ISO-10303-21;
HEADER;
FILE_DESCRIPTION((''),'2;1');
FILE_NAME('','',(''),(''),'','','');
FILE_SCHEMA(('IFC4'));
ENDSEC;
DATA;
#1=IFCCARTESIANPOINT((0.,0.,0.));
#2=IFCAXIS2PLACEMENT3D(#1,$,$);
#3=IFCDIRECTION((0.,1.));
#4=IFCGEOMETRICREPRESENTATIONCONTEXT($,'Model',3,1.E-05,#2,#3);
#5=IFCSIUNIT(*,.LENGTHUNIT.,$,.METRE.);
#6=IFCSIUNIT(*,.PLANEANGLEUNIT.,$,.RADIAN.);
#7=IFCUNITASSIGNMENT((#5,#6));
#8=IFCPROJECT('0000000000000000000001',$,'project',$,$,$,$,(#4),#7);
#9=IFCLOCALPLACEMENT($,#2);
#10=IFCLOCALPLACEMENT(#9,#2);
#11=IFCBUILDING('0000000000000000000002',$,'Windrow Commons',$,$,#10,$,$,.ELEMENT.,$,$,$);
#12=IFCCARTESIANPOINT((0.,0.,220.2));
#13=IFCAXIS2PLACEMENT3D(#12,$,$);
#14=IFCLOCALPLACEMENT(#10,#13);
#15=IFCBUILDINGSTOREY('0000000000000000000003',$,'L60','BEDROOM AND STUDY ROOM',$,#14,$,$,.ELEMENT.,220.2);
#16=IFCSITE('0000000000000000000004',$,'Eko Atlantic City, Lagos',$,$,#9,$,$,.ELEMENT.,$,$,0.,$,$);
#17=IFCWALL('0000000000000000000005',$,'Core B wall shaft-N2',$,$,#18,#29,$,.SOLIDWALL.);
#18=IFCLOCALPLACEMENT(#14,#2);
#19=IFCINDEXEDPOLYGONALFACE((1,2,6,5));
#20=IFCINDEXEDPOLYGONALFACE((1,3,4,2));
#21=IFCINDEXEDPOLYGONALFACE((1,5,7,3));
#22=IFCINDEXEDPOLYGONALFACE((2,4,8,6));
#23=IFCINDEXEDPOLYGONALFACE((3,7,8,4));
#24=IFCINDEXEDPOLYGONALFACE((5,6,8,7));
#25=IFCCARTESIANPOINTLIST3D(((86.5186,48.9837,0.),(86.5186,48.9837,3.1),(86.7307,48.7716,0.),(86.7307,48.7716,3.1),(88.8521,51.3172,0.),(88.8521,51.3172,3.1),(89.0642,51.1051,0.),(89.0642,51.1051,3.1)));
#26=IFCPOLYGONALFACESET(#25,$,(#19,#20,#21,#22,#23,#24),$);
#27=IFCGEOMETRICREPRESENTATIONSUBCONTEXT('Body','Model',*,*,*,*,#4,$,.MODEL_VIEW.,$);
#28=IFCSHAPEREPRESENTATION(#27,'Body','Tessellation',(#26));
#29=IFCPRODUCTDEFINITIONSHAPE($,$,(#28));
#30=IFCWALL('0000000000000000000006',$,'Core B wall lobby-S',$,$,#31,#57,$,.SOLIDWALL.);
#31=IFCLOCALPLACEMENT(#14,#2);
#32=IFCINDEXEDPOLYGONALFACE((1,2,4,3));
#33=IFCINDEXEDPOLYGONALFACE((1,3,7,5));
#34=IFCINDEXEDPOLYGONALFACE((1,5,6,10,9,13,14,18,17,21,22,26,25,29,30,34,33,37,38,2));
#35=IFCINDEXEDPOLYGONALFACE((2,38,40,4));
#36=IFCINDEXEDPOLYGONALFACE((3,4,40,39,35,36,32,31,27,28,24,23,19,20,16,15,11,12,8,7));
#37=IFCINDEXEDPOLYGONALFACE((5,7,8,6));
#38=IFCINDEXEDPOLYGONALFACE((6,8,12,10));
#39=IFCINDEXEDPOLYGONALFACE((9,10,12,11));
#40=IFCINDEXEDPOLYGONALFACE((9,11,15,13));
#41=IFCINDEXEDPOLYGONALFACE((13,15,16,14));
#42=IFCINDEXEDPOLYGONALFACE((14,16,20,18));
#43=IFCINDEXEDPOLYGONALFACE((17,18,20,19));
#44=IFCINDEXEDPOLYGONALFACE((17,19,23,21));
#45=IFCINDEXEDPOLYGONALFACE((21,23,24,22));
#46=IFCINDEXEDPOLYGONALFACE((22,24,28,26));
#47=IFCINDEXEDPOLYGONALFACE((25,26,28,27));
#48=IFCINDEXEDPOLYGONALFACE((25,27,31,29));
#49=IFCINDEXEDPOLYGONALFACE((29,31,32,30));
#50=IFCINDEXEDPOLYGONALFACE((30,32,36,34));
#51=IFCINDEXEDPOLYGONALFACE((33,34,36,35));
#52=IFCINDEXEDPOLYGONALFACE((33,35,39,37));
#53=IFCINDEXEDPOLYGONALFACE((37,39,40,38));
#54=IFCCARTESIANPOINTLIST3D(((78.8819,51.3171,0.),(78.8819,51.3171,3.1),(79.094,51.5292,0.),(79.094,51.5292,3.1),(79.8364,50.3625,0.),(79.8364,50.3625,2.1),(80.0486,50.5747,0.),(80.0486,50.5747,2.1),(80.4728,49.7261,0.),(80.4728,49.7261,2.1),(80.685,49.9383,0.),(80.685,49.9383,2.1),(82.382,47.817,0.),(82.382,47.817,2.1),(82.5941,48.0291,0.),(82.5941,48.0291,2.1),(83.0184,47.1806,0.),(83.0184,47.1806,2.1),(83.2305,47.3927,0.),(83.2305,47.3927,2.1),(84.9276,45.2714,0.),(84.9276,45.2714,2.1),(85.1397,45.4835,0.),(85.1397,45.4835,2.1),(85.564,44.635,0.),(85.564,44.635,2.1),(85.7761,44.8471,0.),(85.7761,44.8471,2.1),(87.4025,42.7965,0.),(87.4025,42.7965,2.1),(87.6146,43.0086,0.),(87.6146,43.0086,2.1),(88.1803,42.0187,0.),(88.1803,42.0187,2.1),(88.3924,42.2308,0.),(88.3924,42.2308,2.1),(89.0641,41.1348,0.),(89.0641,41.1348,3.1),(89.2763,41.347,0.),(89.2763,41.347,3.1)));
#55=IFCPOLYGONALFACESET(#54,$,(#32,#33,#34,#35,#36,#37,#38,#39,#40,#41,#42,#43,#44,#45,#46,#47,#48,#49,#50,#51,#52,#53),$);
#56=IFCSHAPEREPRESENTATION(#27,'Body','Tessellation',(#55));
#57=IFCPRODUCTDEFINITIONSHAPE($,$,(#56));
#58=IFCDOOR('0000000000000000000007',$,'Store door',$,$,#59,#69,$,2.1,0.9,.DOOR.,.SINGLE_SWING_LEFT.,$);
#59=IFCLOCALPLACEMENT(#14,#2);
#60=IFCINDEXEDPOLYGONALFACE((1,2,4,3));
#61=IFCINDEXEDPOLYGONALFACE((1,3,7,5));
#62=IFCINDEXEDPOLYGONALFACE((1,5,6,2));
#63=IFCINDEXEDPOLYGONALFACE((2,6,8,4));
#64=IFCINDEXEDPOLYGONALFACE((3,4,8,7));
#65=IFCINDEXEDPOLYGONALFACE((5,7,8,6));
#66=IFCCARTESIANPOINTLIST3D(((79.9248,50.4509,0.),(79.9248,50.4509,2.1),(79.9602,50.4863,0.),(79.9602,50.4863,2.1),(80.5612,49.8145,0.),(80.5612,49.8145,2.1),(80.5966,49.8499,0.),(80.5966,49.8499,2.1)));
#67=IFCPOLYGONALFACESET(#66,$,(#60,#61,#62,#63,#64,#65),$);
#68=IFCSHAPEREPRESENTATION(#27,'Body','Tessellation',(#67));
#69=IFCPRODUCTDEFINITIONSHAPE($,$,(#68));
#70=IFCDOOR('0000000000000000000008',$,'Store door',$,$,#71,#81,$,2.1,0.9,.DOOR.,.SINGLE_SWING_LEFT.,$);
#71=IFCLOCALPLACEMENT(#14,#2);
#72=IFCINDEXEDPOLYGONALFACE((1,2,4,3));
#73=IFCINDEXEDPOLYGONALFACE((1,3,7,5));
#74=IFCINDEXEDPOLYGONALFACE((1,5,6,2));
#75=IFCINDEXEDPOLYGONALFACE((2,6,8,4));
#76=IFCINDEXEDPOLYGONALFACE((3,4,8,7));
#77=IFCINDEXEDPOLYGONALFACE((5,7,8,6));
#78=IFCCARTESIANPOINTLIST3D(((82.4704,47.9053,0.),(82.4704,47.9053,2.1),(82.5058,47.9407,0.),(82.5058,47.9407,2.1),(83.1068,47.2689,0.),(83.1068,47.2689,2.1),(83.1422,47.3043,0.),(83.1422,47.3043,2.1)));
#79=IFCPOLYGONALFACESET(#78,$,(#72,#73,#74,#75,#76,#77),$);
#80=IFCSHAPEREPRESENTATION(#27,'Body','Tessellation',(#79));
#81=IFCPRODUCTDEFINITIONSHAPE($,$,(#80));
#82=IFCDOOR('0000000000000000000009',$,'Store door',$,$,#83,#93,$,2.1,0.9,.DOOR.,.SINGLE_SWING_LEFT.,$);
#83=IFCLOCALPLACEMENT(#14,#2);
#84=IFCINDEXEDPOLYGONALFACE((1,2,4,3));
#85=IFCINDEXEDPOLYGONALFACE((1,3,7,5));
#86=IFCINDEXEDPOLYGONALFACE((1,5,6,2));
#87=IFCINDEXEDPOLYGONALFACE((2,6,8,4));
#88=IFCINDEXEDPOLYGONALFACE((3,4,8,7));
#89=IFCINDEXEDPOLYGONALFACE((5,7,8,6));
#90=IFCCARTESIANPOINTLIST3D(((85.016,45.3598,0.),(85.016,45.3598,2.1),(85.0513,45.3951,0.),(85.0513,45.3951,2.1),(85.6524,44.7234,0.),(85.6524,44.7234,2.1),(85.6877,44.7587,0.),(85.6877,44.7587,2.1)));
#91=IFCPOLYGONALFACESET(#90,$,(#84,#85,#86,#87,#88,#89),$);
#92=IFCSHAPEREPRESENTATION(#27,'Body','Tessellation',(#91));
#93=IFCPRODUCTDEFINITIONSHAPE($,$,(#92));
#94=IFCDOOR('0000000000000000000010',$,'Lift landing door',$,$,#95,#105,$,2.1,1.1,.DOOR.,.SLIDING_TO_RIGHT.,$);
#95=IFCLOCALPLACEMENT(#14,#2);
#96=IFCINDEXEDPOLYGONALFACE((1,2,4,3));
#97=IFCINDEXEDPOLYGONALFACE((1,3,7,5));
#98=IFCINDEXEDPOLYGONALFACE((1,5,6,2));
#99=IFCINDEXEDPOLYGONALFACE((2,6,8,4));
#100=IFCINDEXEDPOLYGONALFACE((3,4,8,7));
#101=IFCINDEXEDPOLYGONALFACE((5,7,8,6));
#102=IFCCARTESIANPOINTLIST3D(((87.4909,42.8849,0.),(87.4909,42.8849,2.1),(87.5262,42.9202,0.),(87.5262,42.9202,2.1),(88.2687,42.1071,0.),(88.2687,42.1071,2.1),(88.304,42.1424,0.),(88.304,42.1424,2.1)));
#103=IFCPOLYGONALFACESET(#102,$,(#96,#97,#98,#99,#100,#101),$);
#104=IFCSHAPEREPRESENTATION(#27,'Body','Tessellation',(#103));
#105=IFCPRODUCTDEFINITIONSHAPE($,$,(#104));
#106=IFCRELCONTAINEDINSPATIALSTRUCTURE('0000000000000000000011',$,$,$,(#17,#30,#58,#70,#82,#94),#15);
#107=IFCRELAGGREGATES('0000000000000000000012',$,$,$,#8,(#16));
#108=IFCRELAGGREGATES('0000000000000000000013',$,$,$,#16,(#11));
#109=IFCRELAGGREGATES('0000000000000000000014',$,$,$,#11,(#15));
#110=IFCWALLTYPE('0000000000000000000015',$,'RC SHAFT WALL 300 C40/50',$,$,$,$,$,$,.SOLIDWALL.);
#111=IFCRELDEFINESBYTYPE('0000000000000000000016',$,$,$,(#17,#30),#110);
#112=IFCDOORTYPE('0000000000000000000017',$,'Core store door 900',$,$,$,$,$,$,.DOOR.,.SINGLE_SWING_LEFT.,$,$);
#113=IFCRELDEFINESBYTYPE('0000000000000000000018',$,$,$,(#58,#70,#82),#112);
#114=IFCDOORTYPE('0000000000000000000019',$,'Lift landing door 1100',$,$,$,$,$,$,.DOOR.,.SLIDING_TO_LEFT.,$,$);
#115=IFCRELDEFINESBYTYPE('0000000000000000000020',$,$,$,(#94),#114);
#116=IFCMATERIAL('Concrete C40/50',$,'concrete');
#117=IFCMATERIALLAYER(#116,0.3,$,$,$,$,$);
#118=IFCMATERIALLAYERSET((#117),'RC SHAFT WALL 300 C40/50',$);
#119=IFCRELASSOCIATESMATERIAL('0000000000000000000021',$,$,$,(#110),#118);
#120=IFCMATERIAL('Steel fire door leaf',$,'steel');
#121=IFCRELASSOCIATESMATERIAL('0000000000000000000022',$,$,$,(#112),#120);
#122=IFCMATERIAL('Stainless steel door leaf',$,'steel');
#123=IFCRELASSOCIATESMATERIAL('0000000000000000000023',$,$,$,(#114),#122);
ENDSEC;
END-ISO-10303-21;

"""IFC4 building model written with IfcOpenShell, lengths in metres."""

from ifc_helpers import new_model, si_unit, direction, frame, frame_2d, origin, place, context, subcontext, project, spatial, rectangle, extrude, material, layer, layer_set, type_object, element, fill, save


model = new_model("IFC4")

# Units and contexts
model_context = context("Model", 3, precision=1e-05, world=origin(), true_north=direction((0.0, 1.0)))
body_context = subcontext(model_context, "Body", "Model", "MODEL_VIEW")
ifc_project = project(units=[si_unit("LENGTHUNIT", "METRE"), si_unit("PLANEANGLEUNIT", "RADIAN")], contexts=[model_context])

# Site, building, storey
site_placement = place(None, origin())
site = spatial("IfcSite", under=ifc_project, at=site_placement, Name="Eko Atlantic City, Lagos", CompositionType="ELEMENT", RefElevation=0.0)
building_placement = place(site_placement, origin())
building = spatial("IfcBuilding", under=site, at=building_placement, Name="Windrow Commons", CompositionType="ELEMENT")
storey_placement = place(building_placement, frame((0.0, 0.0, 220.2)))
storey = spatial("IfcBuildingStorey", under=building, at=storey_placement, Name="L60", Description="BEDROOM AND STUDY ROOM", CompositionType="ELEMENT", Elevation=220.2)

# Wall
ifc_material_1 = material(Name="Concrete C40/50", Category="concrete")
ifc_layer_1 = layer(ifc_material_1, 0.3)
ifc_layer_set_1 = layer_set([ifc_layer_1], Name="RC SHAFT WALL 300 C40/50")
wall_type_1 = type_object("IfcWallType", Name="RC SHAFT WALL 300 C40/50", PredefinedType="SOLIDWALL", material=ifc_layer_set_1)
wall_1_placement = place(storey_placement, frame((86.6246, 48.8776, 0.0), z_axis=(0.0, 0.0, 1.0), x_axis=(0.707107, 0.707107, 0.0)))
element("IfcWall", 1, at=wall_1_placement, inside=storey, type_object=wall_type_1, Name="Core B wall shaft-N2", PredefinedType="SOLIDWALL", context=body_context, shape_type="SweptSolid", body=[
    extrude(rectangle(XDim=3.3001, YDim=0.3, at=frame_2d((1.6501, 0.0))), origin(), (0.0, 0.0, 1.0), 3.1),
])

# Wall, openings, doors
wall_2_placement = place(storey_placement, frame((78.9879, 51.4232, 0.0), z_axis=(0.0, 0.0, 1.0), x_axis=(0.707107, -0.707107, 0.0)))
wall_2 = element("IfcWall", 2, at=wall_2_placement, inside=storey, type_object=wall_type_1, Name="Core B wall lobby-S", PredefinedType="SOLIDWALL", context=body_context, shape_type="SweptSolid", body=[
    extrude(rectangle(XDim=14.3999, YDim=0.3, at=frame_2d((7.2, 0.0))), origin(), (0.0, 0.0, 1.0), 3.1),
])
opening_1_placement = place(wall_2_placement, frame((1.35, 0.0, 0.0)))
opening_1 = element("IfcOpeningElement", 3, at=opening_1_placement, cuts=wall_2, PredefinedType="OPENING", context=body_context, shape_type="SweptSolid", body=[
    extrude(rectangle(XDim=0.9, YDim=2.1, at=frame_2d((0.45, 1.05))), frame((0.0, 0.16, 0.0), z_axis=(0.0, -1.0, 0.0), x_axis=(1.0, 0.0, 0.0)), (0.0, 0.0, 1.0), 0.32),
])
opening_2_placement = place(wall_2_placement, frame((4.95, 0.0, 0.0)))
opening_2 = element("IfcOpeningElement", 4, at=opening_2_placement, cuts=wall_2, PredefinedType="OPENING", context=body_context, shape_type="SweptSolid", body=[
    extrude(rectangle(XDim=0.9, YDim=2.1, at=frame_2d((0.45, 1.05))), frame((0.0, 0.16, 0.0), z_axis=(0.0, -1.0, 0.0), x_axis=(1.0, 0.0, 0.0)), (0.0, 0.0, 1.0), 0.32),
])
opening_3_placement = place(wall_2_placement, frame((8.55, 0.0, 0.0)))
opening_3 = element("IfcOpeningElement", 5, at=opening_3_placement, cuts=wall_2, PredefinedType="OPENING", context=body_context, shape_type="SweptSolid", body=[
    extrude(rectangle(XDim=0.9, YDim=2.1, at=frame_2d((0.45, 1.05))), frame((0.0, 0.16, 0.0), z_axis=(0.0, -1.0, 0.0), x_axis=(1.0, 0.0, 0.0)), (0.0, 0.0, 1.0), 0.32),
])
opening_4_placement = place(wall_2_placement, frame((12.05, 0.0, 0.0)))
opening_4 = element("IfcOpeningElement", 6, at=opening_4_placement, cuts=wall_2, PredefinedType="OPENING", context=body_context, shape_type="SweptSolid", body=[
    extrude(rectangle(XDim=1.1, YDim=2.1, at=frame_2d((0.55, 1.05))), frame((0.0, 0.16, 0.0), z_axis=(0.0, -1.0, 0.0), x_axis=(1.0, 0.0, 0.0)), (0.0, 0.0, 1.0), 0.32),
])
ifc_material_2 = material(Name="Steel fire door leaf", Category="steel")
door_type_1 = type_object("IfcDoorType", Name="Core store door 900", OperationType="SINGLE_SWING_LEFT", PredefinedType="DOOR", material=ifc_material_2)
door_1_placement = place(opening_1_placement, origin())
door_1 = element("IfcDoor", 7, at=door_1_placement, inside=storey, type_object=door_type_1, Name="Store door", OperationType="SINGLE_SWING_LEFT", OverallHeight=2.1, OverallWidth=0.9, PredefinedType="DOOR", context=body_context, shape_type="SweptSolid", body=[
    extrude(rectangle(XDim=0.9, YDim=2.1, at=frame_2d((0.45, 1.05))), frame((0.0, 0.025, 0.0), z_axis=(0.0, -1.0, 0.0), x_axis=(1.0, 0.0, 0.0)), (0.0, 0.0, 1.0), 0.05),
])
fill(opening_1, door_1)
door_2_placement = place(opening_2_placement, origin())
door_2 = element("IfcDoor", 8, at=door_2_placement, inside=storey, type_object=door_type_1, Name="Store door", OperationType="SINGLE_SWING_LEFT", OverallHeight=2.1, OverallWidth=0.9, PredefinedType="DOOR", context=body_context, shape_type="SweptSolid", body=[
    extrude(rectangle(XDim=0.9, YDim=2.1, at=frame_2d((0.45, 1.05))), frame((0.0, 0.025, 0.0), z_axis=(0.0, -1.0, 0.0), x_axis=(1.0, 0.0, 0.0)), (0.0, 0.0, 1.0), 0.05),
])
fill(opening_2, door_2)
door_3_placement = place(opening_3_placement, origin())
door_3 = element("IfcDoor", 9, at=door_3_placement, inside=storey, type_object=door_type_1, Name="Store door", OperationType="SINGLE_SWING_LEFT", OverallHeight=2.1, OverallWidth=0.9, PredefinedType="DOOR", context=body_context, shape_type="SweptSolid", body=[
    extrude(rectangle(XDim=0.9, YDim=2.1, at=frame_2d((0.45, 1.05))), frame((0.0, 0.025, 0.0), z_axis=(0.0, -1.0, 0.0), x_axis=(1.0, 0.0, 0.0)), (0.0, 0.0, 1.0), 0.05),
])
fill(opening_3, door_3)
ifc_material_3 = material(Name="Stainless steel door leaf", Category="steel")
door_type_2 = type_object("IfcDoorType", Name="Lift landing door 1100", OperationType="SLIDING_TO_LEFT", PredefinedType="DOOR", material=ifc_material_3)
door_4_placement = place(opening_4_placement, origin())
door_4 = element("IfcDoor", 10, at=door_4_placement, inside=storey, type_object=door_type_2, Name="Lift landing door", OperationType="SLIDING_TO_RIGHT", OverallHeight=2.1, OverallWidth=1.1, PredefinedType="DOOR", context=body_context, shape_type="SweptSolid", body=[
    extrude(rectangle(XDim=1.1, YDim=2.1, at=frame_2d((0.55, 1.05))), frame((0.0, 0.025, 0.0), z_axis=(0.0, -1.0, 0.0), x_axis=(1.0, 0.0, 0.0)), (0.0, 0.0, 1.0), 0.05),
])
fill(opening_4, door_4)

save(model, "model.ifc")
